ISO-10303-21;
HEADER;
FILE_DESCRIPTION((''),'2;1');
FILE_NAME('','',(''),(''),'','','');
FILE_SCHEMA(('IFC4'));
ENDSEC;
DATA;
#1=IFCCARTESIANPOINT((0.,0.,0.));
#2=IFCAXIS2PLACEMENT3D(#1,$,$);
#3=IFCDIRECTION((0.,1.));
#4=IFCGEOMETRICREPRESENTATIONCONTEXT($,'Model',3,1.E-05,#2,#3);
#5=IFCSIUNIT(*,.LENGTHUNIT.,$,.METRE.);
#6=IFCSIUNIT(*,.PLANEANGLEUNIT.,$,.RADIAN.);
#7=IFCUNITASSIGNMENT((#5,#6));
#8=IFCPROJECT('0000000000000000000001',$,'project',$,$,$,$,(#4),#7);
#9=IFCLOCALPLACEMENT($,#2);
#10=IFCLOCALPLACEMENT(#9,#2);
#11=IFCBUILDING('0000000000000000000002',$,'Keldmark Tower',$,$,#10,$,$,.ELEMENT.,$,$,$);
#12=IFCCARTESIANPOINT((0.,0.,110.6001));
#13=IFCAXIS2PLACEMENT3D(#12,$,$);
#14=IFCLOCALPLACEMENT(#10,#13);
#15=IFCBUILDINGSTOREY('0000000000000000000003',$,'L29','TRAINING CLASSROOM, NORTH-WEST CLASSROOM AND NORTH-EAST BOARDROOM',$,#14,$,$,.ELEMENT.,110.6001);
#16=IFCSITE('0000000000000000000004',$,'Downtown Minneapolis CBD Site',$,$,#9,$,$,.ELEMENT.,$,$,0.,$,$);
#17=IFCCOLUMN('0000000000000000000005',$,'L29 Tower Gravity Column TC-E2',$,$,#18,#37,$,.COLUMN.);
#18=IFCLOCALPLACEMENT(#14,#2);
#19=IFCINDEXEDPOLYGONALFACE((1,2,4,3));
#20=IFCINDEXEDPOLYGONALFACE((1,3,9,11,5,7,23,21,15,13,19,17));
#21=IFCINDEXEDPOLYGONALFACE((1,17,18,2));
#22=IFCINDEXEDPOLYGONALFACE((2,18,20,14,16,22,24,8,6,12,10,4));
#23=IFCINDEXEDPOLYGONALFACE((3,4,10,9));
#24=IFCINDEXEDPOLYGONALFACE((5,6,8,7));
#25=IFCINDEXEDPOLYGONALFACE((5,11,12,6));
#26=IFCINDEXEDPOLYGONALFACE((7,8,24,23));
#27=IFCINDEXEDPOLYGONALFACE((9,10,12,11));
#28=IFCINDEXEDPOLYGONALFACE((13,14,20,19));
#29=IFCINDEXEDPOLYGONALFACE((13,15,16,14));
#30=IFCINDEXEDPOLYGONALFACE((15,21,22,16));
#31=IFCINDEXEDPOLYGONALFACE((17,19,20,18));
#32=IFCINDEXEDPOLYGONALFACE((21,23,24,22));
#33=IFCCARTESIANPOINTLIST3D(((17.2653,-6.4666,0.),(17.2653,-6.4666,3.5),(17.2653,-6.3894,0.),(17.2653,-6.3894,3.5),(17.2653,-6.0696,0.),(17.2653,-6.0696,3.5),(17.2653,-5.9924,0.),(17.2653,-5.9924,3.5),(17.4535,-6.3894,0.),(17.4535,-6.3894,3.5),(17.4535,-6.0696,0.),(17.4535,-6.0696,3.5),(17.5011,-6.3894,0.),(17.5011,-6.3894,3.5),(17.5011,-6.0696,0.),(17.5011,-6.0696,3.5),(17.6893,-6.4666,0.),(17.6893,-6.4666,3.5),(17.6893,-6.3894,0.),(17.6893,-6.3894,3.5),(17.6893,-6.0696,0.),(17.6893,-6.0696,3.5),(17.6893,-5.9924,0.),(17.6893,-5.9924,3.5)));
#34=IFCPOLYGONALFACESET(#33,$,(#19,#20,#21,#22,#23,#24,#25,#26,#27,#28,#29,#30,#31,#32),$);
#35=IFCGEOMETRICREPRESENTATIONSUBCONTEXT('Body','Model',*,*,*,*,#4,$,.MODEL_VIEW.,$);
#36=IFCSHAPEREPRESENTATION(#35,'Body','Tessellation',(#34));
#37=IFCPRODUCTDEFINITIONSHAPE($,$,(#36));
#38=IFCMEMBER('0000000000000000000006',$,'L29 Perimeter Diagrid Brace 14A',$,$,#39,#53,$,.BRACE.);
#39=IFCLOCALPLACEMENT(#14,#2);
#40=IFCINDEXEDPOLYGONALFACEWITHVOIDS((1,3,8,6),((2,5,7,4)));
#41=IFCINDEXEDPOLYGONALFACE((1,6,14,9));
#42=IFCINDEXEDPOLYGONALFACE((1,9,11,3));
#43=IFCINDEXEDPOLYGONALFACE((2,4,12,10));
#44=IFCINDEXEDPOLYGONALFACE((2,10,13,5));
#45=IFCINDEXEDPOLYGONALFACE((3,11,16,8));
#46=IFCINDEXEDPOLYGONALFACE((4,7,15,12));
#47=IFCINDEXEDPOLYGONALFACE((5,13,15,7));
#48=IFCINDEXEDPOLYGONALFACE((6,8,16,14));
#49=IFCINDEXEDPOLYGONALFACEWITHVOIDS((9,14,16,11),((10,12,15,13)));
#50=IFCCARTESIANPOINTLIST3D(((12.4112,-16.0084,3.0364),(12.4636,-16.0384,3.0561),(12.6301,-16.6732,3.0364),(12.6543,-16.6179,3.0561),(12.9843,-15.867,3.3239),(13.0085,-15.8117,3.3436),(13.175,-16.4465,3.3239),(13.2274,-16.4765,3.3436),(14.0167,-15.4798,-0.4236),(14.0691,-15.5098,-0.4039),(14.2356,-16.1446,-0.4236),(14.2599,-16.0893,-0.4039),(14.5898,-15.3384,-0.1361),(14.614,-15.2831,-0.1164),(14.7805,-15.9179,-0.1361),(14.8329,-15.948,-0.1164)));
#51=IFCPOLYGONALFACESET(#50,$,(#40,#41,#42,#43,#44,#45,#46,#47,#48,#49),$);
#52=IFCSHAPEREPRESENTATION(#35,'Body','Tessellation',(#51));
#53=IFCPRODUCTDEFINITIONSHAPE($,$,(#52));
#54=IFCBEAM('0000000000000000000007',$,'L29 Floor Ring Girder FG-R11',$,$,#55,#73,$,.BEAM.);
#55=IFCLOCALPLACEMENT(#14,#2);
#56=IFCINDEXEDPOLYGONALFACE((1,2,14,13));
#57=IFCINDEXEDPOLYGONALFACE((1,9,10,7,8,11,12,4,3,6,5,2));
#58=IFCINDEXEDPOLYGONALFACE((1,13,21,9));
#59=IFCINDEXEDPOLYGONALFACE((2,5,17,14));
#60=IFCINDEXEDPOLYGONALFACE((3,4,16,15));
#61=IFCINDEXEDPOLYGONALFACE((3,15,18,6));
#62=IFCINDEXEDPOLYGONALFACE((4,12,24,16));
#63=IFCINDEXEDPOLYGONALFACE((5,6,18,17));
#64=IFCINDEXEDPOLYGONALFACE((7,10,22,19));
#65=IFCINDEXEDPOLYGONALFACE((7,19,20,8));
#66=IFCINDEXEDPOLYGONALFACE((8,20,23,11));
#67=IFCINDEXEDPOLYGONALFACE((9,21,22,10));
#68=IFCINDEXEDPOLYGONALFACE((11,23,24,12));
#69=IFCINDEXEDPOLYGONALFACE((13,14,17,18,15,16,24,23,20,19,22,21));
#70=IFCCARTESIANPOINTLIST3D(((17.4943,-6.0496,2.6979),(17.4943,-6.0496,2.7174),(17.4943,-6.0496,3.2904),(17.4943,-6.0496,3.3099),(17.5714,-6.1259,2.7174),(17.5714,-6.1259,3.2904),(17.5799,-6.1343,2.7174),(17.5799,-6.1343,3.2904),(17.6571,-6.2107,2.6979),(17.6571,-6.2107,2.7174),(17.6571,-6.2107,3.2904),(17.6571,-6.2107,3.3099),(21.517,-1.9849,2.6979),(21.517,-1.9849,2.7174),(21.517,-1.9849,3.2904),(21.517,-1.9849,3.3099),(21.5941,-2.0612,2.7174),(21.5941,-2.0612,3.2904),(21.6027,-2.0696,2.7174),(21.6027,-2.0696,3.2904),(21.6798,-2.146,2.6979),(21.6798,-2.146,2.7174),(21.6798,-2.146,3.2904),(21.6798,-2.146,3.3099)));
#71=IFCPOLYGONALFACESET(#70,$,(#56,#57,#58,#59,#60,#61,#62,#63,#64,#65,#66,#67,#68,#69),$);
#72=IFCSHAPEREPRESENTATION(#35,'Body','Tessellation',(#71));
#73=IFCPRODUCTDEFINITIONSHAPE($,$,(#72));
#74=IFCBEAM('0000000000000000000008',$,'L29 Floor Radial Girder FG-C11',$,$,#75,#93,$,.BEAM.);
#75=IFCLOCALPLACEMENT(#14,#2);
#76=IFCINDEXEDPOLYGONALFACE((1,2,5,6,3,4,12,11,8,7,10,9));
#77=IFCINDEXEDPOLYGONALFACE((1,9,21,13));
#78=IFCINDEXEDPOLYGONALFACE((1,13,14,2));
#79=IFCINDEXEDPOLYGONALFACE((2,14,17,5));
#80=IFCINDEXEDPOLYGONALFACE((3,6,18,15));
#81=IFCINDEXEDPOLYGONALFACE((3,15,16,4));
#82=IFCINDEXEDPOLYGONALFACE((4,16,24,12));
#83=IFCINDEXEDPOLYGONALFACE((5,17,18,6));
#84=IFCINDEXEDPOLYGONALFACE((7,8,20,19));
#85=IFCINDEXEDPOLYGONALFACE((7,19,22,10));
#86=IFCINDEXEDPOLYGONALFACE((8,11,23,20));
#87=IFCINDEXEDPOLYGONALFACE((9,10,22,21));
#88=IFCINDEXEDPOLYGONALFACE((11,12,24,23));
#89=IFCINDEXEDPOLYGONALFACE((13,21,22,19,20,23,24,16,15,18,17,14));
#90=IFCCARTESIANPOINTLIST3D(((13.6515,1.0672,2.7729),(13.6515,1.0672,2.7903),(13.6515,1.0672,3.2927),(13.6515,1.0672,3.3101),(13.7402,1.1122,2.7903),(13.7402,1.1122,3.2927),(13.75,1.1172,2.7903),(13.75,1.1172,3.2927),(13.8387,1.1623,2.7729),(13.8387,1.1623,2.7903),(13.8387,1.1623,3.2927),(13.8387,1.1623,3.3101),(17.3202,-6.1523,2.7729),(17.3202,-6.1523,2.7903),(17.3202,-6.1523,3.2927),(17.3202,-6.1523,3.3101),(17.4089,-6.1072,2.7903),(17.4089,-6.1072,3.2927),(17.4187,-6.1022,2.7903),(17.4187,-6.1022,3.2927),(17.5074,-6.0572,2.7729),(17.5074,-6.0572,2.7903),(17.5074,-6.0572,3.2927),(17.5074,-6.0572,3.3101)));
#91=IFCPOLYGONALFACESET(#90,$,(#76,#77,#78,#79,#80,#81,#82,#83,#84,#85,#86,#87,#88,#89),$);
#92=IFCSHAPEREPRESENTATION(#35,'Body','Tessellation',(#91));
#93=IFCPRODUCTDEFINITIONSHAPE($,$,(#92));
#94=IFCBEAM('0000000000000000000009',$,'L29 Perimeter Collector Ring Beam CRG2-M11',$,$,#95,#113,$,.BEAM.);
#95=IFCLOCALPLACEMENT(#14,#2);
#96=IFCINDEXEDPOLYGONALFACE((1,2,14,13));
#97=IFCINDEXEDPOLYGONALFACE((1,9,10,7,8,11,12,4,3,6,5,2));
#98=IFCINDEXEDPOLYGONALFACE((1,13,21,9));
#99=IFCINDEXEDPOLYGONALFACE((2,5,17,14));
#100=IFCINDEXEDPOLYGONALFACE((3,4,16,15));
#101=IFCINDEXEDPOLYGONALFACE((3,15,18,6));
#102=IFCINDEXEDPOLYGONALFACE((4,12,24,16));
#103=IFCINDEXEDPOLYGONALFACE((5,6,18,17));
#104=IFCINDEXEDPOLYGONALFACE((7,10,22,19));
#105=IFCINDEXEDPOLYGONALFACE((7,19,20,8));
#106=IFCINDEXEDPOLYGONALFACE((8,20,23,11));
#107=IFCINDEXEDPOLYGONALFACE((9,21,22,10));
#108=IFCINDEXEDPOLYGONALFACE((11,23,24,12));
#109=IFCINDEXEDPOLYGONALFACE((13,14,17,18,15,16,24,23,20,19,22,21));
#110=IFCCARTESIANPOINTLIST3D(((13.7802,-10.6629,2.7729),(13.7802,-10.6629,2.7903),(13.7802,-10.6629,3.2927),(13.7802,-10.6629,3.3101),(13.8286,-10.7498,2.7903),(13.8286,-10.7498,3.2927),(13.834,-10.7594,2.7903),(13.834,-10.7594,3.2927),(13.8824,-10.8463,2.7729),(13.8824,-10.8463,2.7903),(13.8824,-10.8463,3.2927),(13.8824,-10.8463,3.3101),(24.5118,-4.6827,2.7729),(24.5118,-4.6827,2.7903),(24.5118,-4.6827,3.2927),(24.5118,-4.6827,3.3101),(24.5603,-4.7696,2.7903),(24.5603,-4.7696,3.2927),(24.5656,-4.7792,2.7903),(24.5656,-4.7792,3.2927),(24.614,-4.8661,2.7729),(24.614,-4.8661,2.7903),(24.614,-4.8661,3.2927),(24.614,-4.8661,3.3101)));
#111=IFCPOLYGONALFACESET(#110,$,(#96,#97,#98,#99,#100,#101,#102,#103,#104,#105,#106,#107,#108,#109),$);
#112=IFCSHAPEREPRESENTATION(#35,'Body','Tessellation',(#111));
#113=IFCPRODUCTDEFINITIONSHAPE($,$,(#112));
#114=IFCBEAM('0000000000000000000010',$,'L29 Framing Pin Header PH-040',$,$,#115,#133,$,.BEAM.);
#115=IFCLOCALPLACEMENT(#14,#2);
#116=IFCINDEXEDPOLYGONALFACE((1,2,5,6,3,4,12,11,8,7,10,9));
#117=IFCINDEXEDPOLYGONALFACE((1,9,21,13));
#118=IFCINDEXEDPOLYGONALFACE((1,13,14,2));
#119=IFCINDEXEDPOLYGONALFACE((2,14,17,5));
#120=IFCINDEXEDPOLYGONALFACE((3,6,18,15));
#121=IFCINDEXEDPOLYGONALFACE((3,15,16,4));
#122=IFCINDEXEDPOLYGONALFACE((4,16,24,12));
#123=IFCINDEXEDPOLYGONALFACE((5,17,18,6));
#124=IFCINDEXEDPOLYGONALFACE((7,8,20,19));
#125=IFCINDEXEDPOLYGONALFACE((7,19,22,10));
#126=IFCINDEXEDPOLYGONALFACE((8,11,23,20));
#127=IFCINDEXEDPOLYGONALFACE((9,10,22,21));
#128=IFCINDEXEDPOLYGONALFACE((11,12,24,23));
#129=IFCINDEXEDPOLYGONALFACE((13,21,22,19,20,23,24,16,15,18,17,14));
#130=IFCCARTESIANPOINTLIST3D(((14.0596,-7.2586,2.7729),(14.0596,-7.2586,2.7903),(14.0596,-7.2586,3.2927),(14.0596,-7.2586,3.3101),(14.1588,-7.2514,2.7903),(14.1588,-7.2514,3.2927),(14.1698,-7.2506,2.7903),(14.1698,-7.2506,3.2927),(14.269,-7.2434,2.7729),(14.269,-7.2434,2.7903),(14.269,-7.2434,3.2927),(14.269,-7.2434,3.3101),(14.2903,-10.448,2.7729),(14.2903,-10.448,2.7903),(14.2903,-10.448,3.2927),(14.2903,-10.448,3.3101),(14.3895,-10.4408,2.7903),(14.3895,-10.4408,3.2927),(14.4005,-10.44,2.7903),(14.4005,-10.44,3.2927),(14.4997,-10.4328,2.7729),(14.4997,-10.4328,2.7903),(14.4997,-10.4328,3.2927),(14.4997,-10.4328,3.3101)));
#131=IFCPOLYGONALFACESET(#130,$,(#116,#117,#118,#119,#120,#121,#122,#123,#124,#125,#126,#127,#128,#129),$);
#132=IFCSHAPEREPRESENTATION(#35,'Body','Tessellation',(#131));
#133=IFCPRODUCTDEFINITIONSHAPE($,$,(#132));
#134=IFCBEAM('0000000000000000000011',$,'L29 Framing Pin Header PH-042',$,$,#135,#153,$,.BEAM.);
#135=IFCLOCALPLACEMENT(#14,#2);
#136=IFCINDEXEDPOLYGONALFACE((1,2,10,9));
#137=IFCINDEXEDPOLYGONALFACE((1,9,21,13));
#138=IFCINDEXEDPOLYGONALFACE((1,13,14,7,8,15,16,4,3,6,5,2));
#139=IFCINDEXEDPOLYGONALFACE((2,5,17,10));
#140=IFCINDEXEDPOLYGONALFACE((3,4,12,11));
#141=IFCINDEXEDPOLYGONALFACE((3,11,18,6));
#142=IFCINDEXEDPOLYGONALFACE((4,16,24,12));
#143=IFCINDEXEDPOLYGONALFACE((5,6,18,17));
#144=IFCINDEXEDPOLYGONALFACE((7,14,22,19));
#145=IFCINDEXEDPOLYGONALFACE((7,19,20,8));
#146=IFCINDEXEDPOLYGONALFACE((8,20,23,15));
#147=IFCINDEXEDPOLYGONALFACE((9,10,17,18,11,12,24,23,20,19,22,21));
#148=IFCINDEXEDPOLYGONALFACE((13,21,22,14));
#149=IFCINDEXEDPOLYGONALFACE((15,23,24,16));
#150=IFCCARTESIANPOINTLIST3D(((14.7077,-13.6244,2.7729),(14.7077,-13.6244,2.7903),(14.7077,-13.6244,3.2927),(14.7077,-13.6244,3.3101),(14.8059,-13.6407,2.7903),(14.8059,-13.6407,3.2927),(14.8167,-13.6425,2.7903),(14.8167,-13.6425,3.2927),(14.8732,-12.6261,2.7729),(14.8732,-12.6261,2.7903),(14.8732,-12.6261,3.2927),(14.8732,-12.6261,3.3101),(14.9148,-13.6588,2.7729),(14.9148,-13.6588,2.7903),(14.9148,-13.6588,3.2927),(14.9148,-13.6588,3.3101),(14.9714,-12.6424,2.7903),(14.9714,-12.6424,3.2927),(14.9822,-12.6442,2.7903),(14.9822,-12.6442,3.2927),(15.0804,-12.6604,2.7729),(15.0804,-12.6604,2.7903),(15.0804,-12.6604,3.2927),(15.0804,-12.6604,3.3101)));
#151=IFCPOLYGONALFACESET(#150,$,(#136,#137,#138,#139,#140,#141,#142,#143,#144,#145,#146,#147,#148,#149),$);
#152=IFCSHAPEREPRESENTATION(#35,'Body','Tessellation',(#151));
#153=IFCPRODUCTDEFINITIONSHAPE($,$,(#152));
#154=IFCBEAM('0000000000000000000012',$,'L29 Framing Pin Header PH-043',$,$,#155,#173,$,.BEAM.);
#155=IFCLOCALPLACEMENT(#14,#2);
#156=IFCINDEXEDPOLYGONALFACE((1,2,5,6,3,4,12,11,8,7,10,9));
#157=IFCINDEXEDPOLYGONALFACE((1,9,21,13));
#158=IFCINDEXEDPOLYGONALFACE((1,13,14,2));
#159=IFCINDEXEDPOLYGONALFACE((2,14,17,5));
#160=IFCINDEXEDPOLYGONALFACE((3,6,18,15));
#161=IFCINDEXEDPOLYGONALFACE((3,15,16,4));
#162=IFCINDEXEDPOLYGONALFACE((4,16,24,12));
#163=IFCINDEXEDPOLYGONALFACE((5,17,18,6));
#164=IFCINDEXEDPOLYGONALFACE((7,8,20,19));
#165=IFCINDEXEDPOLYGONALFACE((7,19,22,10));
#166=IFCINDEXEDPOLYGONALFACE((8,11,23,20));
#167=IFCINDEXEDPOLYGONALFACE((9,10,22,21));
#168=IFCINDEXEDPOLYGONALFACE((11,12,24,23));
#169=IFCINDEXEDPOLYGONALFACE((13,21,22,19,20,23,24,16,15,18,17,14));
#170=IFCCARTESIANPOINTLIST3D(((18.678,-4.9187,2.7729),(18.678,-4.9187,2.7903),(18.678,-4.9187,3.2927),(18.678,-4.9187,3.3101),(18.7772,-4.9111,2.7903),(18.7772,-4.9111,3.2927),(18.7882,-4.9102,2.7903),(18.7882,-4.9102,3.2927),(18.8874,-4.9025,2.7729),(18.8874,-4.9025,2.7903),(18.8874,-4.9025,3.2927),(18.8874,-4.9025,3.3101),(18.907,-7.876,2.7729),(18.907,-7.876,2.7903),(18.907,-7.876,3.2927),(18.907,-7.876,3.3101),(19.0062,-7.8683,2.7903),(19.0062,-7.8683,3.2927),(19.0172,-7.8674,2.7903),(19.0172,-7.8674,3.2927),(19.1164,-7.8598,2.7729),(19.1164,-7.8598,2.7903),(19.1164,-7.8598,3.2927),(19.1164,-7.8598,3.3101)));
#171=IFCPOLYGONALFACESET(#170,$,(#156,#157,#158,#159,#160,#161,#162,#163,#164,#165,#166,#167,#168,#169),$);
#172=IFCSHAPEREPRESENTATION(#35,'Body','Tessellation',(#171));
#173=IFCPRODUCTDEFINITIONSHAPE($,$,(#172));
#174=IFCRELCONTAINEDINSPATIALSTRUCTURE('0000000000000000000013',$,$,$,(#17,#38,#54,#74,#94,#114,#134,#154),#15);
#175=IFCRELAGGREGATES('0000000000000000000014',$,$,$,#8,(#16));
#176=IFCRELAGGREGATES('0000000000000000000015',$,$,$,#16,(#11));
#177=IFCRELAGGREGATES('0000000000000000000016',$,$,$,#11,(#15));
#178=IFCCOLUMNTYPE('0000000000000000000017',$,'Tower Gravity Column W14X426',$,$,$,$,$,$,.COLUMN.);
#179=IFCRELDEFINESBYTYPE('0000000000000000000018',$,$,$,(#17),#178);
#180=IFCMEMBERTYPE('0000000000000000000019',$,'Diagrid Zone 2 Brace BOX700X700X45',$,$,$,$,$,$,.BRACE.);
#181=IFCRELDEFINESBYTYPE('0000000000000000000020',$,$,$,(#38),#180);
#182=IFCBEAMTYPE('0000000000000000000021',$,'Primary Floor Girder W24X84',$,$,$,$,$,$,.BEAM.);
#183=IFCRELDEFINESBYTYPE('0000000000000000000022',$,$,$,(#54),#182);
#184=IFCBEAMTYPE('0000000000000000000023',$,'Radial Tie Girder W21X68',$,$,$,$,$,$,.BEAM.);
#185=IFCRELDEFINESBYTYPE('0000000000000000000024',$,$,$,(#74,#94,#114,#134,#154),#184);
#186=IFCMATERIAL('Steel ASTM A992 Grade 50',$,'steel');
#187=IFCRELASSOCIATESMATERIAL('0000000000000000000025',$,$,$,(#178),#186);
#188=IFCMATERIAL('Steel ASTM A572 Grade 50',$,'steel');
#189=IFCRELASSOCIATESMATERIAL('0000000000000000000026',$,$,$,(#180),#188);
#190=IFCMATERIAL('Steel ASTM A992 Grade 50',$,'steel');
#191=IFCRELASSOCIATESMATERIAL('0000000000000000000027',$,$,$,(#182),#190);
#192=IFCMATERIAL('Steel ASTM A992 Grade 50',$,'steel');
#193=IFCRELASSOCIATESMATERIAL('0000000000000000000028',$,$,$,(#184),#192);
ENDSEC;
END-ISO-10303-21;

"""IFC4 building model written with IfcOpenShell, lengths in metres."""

from ifc_helpers import new_model, si_unit, direction, frame, origin, origin_2d, place, context, subcontext, project, spatial, hollow_rectangle, i_section, extrude, material, material_profile, profile_set, type_object, element, save


model = new_model("IFC4")

# Units and contexts
model_context = context("Model", 3, precision=1e-05, world=origin(), true_north=direction((0.0, 1.0)))
body_context = subcontext(model_context, "Body", "Model", "MODEL_VIEW")
ifc_project = project(units=[si_unit("LENGTHUNIT", "METRE"), si_unit("PLANEANGLEUNIT", "RADIAN")], contexts=[model_context])

# Site, building, storey
site_placement = place(None, origin())
site = spatial("IfcSite", under=ifc_project, at=site_placement, Name="Downtown Minneapolis CBD Site", CompositionType="ELEMENT", RefElevation=0.0)
building_placement = place(site_placement, origin())
building = spatial("IfcBuilding", under=site, at=building_placement, Name="Keldmark Tower", CompositionType="ELEMENT")
storey_placement = place(building_placement, frame((0.0, 0.0, 110.6001)))
storey = spatial("IfcBuildingStorey", under=building, at=storey_placement, Name="L29", Description="TRAINING CLASSROOM, NORTH-WEST CLASSROOM AND NORTH-EAST BOARDROOM", CompositionType="ELEMENT", Elevation=110.6001)

# Column
ifc_material_1 = material(Name="Steel ASTM A992 Grade 50", Category="steel")
ifc_material_profile_1 = material_profile(ifc_material_1, i_section(OverallWidth=0.4241, OverallDepth=0.4741, WebThickness=0.0476, FlangeThickness=0.0771, at=origin_2d()), Name="W14X426")
ifc_profile_set_1 = profile_set([ifc_material_profile_1], Name="Steel ASTM A992 Grade 50")
column_type = type_object("IfcColumnType", Name="Tower Gravity Column W14X426", PredefinedType="COLUMN", material=ifc_profile_set_1)
column_placement = place(storey_placement, frame((17.4773, -6.2295, 0.0), z_axis=(0.0, 0.0, 1.0), x_axis=(1.0, 0.0, 0.0)))
element("IfcColumn", 1, at=column_placement, inside=storey, type_object=column_type, Name="L29 Tower Gravity Column TC-E2", PredefinedType="COLUMN", context=body_context, shape_type="SweptSolid", body=[
    extrude(i_section(OverallWidth=0.4241, OverallDepth=0.4741, WebThickness=0.0476, FlangeThickness=0.0771, at=origin_2d()), origin(), (0.0, 0.0, 1.0), 3.5),
])

# Member
ifc_material_2 = material(Name="Steel ASTM A572 Grade 50", Category="steel")
ifc_material_profile_2 = material_profile(ifc_material_2, hollow_rectangle(XDim=0.7, YDim=0.7, WallThickness=0.0449, at=origin_2d()), Name="BOX700X700X45")
ifc_profile_set_2 = profile_set([ifc_material_profile_2], Name="Steel ASTM A572 Grade 50")
member_type = type_object("IfcMemberType", Name="Diagrid Zone 2 Brace BOX700X700X45", PredefinedType="BRACE", material=ifc_profile_set_2)
member_placement = place(storey_placement, frame((14.4248, -15.7139, -0.27), z_axis=(-0.416924, -0.137263, 0.898517), x_axis=(0.312716, -0.949847, 0.0)))
element("IfcMember", 2, at=member_placement, inside=storey, type_object=member_type, Name="L29 Perimeter Diagrid Brace 14A", PredefinedType="BRACE", context=body_context, shape_type="SweptSolid", body=[
    extrude(hollow_rectangle(XDim=0.7, YDim=0.7, WallThickness=0.0449, at=origin_2d()), origin(), (0.0, 0.0, 1.0), 3.8508),
])

# Beams
ifc_material_3 = material(Name="Steel ASTM A992 Grade 50", Category="steel")
ifc_material_profile_3 = material_profile(ifc_material_3, i_section(OverallWidth=0.229, OverallDepth=0.6121, WebThickness=0.012, FlangeThickness=0.0195, at=origin_2d()), Name="W24X84")
ifc_profile_set_3 = profile_set([ifc_material_profile_3], Name="Steel ASTM A992 Grade 50")
beam_type_1 = type_object("IfcBeamType", Name="Primary Floor Girder W24X84", PredefinedType="BEAM", material=ifc_profile_set_3)
beam_1_placement = place(storey_placement, frame((17.5757, -6.1301, 3.0039), z_axis=(0.703426, 0.710769, 0.0), x_axis=(-0.710769, 0.703426, 0.0)))
element("IfcBeam", 3, at=beam_1_placement, inside=storey, type_object=beam_type_1, Name="L29 Floor Ring Girder FG-R11", PredefinedType="BEAM", context=body_context, shape_type="SweptSolid", body=[
    extrude(i_section(OverallWidth=0.229, OverallDepth=0.6121, WebThickness=0.012, FlangeThickness=0.0195, at=origin_2d()), origin(), (0.0, 0.0, 1.0), 5.7188),
])
ifc_material_4 = material(Name="Steel ASTM A992 Grade 50", Category="steel")
ifc_material_profile_4 = material_profile(ifc_material_4, i_section(OverallWidth=0.21, OverallDepth=0.5371, WebThickness=0.011, FlangeThickness=0.0173, at=origin_2d()), Name="W21X68")
ifc_profile_set_4 = profile_set([ifc_material_profile_4], Name="Steel ASTM A992 Grade 50")
beam_type_2 = type_object("IfcBeamType", Name="Radial Tie Girder W21X68", PredefinedType="BEAM", material=ifc_profile_set_4)
beam_2_placement = place(storey_placement, frame((17.4138, -6.1047, 3.0415), z_axis=(-0.453029, 0.891496, 0.0), x_axis=(-0.891496, -0.453029, 0.0)))
element("IfcBeam", 4, at=beam_2_placement, inside=storey, type_object=beam_type_2, Name="L29 Floor Radial Girder FG-C11", PredefinedType="BEAM", context=body_context, shape_type="SweptSolid", body=[
    extrude(i_section(OverallWidth=0.21, OverallDepth=0.5371, WebThickness=0.011, FlangeThickness=0.0173, at=origin_2d()), origin(), (0.0, 0.0, 1.0), 8.0981),
])
beam_3_placement = place(storey_placement, frame((13.8313, -10.7546, 3.0415), z_axis=(0.873529, 0.486773, 0.0), x_axis=(-0.486773, 0.873529, 0.0)))
element("IfcBeam", 5, at=beam_3_placement, inside=storey, type_object=beam_type_2, Name="L29 Perimeter Collector Ring Beam CRG2-M11", PredefinedType="BEAM", context=body_context, shape_type="SweptSolid", body=[
    extrude(i_section(OverallWidth=0.21, OverallDepth=0.5371, WebThickness=0.011, FlangeThickness=0.0173, at=origin_2d()), origin(), (0.0, 0.0, 1.0), 12.2854),
])
beam_4_placement = place(storey_placement, frame((14.1643, -7.251, 3.0415), z_axis=(0.072148, -0.997394, 0.0), x_axis=(0.997394, 0.072148, 0.0)))
element("IfcBeam", 6, at=beam_4_placement, inside=storey, type_object=beam_type_2, Name="L29 Framing Pin Header PH-040", PredefinedType="BEAM", context=body_context, shape_type="SweptSolid", body=[
    extrude(i_section(OverallWidth=0.21, OverallDepth=0.5371, WebThickness=0.011, FlangeThickness=0.0173, at=origin_2d()), origin(), (0.0, 0.0, 1.0), 3.1978),
])
beam_5_placement = place(storey_placement, frame((14.8113, -13.6416, 3.0415), z_axis=(0.163577, 0.986531, 0.0), x_axis=(-0.986531, 0.163577, 0.0)))
element("IfcBeam", 7, at=beam_5_placement, inside=storey, type_object=beam_type_2, Name="L29 Framing Pin Header PH-042", PredefinedType="BEAM", context=body_context, shape_type="SweptSolid", body=[
    extrude(i_section(OverallWidth=0.21, OverallDepth=0.5371, WebThickness=0.011, FlangeThickness=0.0173, at=origin_2d()), origin(), (0.0, 0.0, 1.0), 1.012),
])
beam_6_placement = place(storey_placement, frame((18.7827, -4.9106, 3.0415), z_axis=(0.077206, -0.997015, 0.0), x_axis=(0.997015, 0.077206, 0.0)))
element("IfcBeam", 8, at=beam_6_placement, inside=storey, type_object=beam_type_2, Name="L29 Framing Pin Header PH-043", PredefinedType="BEAM", context=body_context, shape_type="SweptSolid", body=[
    extrude(i_section(OverallWidth=0.21, OverallDepth=0.5371, WebThickness=0.011, FlangeThickness=0.0173, at=origin_2d()), origin(), (0.0, 0.0, 1.0), 2.9661),
])

save(model, "model.ifc")
